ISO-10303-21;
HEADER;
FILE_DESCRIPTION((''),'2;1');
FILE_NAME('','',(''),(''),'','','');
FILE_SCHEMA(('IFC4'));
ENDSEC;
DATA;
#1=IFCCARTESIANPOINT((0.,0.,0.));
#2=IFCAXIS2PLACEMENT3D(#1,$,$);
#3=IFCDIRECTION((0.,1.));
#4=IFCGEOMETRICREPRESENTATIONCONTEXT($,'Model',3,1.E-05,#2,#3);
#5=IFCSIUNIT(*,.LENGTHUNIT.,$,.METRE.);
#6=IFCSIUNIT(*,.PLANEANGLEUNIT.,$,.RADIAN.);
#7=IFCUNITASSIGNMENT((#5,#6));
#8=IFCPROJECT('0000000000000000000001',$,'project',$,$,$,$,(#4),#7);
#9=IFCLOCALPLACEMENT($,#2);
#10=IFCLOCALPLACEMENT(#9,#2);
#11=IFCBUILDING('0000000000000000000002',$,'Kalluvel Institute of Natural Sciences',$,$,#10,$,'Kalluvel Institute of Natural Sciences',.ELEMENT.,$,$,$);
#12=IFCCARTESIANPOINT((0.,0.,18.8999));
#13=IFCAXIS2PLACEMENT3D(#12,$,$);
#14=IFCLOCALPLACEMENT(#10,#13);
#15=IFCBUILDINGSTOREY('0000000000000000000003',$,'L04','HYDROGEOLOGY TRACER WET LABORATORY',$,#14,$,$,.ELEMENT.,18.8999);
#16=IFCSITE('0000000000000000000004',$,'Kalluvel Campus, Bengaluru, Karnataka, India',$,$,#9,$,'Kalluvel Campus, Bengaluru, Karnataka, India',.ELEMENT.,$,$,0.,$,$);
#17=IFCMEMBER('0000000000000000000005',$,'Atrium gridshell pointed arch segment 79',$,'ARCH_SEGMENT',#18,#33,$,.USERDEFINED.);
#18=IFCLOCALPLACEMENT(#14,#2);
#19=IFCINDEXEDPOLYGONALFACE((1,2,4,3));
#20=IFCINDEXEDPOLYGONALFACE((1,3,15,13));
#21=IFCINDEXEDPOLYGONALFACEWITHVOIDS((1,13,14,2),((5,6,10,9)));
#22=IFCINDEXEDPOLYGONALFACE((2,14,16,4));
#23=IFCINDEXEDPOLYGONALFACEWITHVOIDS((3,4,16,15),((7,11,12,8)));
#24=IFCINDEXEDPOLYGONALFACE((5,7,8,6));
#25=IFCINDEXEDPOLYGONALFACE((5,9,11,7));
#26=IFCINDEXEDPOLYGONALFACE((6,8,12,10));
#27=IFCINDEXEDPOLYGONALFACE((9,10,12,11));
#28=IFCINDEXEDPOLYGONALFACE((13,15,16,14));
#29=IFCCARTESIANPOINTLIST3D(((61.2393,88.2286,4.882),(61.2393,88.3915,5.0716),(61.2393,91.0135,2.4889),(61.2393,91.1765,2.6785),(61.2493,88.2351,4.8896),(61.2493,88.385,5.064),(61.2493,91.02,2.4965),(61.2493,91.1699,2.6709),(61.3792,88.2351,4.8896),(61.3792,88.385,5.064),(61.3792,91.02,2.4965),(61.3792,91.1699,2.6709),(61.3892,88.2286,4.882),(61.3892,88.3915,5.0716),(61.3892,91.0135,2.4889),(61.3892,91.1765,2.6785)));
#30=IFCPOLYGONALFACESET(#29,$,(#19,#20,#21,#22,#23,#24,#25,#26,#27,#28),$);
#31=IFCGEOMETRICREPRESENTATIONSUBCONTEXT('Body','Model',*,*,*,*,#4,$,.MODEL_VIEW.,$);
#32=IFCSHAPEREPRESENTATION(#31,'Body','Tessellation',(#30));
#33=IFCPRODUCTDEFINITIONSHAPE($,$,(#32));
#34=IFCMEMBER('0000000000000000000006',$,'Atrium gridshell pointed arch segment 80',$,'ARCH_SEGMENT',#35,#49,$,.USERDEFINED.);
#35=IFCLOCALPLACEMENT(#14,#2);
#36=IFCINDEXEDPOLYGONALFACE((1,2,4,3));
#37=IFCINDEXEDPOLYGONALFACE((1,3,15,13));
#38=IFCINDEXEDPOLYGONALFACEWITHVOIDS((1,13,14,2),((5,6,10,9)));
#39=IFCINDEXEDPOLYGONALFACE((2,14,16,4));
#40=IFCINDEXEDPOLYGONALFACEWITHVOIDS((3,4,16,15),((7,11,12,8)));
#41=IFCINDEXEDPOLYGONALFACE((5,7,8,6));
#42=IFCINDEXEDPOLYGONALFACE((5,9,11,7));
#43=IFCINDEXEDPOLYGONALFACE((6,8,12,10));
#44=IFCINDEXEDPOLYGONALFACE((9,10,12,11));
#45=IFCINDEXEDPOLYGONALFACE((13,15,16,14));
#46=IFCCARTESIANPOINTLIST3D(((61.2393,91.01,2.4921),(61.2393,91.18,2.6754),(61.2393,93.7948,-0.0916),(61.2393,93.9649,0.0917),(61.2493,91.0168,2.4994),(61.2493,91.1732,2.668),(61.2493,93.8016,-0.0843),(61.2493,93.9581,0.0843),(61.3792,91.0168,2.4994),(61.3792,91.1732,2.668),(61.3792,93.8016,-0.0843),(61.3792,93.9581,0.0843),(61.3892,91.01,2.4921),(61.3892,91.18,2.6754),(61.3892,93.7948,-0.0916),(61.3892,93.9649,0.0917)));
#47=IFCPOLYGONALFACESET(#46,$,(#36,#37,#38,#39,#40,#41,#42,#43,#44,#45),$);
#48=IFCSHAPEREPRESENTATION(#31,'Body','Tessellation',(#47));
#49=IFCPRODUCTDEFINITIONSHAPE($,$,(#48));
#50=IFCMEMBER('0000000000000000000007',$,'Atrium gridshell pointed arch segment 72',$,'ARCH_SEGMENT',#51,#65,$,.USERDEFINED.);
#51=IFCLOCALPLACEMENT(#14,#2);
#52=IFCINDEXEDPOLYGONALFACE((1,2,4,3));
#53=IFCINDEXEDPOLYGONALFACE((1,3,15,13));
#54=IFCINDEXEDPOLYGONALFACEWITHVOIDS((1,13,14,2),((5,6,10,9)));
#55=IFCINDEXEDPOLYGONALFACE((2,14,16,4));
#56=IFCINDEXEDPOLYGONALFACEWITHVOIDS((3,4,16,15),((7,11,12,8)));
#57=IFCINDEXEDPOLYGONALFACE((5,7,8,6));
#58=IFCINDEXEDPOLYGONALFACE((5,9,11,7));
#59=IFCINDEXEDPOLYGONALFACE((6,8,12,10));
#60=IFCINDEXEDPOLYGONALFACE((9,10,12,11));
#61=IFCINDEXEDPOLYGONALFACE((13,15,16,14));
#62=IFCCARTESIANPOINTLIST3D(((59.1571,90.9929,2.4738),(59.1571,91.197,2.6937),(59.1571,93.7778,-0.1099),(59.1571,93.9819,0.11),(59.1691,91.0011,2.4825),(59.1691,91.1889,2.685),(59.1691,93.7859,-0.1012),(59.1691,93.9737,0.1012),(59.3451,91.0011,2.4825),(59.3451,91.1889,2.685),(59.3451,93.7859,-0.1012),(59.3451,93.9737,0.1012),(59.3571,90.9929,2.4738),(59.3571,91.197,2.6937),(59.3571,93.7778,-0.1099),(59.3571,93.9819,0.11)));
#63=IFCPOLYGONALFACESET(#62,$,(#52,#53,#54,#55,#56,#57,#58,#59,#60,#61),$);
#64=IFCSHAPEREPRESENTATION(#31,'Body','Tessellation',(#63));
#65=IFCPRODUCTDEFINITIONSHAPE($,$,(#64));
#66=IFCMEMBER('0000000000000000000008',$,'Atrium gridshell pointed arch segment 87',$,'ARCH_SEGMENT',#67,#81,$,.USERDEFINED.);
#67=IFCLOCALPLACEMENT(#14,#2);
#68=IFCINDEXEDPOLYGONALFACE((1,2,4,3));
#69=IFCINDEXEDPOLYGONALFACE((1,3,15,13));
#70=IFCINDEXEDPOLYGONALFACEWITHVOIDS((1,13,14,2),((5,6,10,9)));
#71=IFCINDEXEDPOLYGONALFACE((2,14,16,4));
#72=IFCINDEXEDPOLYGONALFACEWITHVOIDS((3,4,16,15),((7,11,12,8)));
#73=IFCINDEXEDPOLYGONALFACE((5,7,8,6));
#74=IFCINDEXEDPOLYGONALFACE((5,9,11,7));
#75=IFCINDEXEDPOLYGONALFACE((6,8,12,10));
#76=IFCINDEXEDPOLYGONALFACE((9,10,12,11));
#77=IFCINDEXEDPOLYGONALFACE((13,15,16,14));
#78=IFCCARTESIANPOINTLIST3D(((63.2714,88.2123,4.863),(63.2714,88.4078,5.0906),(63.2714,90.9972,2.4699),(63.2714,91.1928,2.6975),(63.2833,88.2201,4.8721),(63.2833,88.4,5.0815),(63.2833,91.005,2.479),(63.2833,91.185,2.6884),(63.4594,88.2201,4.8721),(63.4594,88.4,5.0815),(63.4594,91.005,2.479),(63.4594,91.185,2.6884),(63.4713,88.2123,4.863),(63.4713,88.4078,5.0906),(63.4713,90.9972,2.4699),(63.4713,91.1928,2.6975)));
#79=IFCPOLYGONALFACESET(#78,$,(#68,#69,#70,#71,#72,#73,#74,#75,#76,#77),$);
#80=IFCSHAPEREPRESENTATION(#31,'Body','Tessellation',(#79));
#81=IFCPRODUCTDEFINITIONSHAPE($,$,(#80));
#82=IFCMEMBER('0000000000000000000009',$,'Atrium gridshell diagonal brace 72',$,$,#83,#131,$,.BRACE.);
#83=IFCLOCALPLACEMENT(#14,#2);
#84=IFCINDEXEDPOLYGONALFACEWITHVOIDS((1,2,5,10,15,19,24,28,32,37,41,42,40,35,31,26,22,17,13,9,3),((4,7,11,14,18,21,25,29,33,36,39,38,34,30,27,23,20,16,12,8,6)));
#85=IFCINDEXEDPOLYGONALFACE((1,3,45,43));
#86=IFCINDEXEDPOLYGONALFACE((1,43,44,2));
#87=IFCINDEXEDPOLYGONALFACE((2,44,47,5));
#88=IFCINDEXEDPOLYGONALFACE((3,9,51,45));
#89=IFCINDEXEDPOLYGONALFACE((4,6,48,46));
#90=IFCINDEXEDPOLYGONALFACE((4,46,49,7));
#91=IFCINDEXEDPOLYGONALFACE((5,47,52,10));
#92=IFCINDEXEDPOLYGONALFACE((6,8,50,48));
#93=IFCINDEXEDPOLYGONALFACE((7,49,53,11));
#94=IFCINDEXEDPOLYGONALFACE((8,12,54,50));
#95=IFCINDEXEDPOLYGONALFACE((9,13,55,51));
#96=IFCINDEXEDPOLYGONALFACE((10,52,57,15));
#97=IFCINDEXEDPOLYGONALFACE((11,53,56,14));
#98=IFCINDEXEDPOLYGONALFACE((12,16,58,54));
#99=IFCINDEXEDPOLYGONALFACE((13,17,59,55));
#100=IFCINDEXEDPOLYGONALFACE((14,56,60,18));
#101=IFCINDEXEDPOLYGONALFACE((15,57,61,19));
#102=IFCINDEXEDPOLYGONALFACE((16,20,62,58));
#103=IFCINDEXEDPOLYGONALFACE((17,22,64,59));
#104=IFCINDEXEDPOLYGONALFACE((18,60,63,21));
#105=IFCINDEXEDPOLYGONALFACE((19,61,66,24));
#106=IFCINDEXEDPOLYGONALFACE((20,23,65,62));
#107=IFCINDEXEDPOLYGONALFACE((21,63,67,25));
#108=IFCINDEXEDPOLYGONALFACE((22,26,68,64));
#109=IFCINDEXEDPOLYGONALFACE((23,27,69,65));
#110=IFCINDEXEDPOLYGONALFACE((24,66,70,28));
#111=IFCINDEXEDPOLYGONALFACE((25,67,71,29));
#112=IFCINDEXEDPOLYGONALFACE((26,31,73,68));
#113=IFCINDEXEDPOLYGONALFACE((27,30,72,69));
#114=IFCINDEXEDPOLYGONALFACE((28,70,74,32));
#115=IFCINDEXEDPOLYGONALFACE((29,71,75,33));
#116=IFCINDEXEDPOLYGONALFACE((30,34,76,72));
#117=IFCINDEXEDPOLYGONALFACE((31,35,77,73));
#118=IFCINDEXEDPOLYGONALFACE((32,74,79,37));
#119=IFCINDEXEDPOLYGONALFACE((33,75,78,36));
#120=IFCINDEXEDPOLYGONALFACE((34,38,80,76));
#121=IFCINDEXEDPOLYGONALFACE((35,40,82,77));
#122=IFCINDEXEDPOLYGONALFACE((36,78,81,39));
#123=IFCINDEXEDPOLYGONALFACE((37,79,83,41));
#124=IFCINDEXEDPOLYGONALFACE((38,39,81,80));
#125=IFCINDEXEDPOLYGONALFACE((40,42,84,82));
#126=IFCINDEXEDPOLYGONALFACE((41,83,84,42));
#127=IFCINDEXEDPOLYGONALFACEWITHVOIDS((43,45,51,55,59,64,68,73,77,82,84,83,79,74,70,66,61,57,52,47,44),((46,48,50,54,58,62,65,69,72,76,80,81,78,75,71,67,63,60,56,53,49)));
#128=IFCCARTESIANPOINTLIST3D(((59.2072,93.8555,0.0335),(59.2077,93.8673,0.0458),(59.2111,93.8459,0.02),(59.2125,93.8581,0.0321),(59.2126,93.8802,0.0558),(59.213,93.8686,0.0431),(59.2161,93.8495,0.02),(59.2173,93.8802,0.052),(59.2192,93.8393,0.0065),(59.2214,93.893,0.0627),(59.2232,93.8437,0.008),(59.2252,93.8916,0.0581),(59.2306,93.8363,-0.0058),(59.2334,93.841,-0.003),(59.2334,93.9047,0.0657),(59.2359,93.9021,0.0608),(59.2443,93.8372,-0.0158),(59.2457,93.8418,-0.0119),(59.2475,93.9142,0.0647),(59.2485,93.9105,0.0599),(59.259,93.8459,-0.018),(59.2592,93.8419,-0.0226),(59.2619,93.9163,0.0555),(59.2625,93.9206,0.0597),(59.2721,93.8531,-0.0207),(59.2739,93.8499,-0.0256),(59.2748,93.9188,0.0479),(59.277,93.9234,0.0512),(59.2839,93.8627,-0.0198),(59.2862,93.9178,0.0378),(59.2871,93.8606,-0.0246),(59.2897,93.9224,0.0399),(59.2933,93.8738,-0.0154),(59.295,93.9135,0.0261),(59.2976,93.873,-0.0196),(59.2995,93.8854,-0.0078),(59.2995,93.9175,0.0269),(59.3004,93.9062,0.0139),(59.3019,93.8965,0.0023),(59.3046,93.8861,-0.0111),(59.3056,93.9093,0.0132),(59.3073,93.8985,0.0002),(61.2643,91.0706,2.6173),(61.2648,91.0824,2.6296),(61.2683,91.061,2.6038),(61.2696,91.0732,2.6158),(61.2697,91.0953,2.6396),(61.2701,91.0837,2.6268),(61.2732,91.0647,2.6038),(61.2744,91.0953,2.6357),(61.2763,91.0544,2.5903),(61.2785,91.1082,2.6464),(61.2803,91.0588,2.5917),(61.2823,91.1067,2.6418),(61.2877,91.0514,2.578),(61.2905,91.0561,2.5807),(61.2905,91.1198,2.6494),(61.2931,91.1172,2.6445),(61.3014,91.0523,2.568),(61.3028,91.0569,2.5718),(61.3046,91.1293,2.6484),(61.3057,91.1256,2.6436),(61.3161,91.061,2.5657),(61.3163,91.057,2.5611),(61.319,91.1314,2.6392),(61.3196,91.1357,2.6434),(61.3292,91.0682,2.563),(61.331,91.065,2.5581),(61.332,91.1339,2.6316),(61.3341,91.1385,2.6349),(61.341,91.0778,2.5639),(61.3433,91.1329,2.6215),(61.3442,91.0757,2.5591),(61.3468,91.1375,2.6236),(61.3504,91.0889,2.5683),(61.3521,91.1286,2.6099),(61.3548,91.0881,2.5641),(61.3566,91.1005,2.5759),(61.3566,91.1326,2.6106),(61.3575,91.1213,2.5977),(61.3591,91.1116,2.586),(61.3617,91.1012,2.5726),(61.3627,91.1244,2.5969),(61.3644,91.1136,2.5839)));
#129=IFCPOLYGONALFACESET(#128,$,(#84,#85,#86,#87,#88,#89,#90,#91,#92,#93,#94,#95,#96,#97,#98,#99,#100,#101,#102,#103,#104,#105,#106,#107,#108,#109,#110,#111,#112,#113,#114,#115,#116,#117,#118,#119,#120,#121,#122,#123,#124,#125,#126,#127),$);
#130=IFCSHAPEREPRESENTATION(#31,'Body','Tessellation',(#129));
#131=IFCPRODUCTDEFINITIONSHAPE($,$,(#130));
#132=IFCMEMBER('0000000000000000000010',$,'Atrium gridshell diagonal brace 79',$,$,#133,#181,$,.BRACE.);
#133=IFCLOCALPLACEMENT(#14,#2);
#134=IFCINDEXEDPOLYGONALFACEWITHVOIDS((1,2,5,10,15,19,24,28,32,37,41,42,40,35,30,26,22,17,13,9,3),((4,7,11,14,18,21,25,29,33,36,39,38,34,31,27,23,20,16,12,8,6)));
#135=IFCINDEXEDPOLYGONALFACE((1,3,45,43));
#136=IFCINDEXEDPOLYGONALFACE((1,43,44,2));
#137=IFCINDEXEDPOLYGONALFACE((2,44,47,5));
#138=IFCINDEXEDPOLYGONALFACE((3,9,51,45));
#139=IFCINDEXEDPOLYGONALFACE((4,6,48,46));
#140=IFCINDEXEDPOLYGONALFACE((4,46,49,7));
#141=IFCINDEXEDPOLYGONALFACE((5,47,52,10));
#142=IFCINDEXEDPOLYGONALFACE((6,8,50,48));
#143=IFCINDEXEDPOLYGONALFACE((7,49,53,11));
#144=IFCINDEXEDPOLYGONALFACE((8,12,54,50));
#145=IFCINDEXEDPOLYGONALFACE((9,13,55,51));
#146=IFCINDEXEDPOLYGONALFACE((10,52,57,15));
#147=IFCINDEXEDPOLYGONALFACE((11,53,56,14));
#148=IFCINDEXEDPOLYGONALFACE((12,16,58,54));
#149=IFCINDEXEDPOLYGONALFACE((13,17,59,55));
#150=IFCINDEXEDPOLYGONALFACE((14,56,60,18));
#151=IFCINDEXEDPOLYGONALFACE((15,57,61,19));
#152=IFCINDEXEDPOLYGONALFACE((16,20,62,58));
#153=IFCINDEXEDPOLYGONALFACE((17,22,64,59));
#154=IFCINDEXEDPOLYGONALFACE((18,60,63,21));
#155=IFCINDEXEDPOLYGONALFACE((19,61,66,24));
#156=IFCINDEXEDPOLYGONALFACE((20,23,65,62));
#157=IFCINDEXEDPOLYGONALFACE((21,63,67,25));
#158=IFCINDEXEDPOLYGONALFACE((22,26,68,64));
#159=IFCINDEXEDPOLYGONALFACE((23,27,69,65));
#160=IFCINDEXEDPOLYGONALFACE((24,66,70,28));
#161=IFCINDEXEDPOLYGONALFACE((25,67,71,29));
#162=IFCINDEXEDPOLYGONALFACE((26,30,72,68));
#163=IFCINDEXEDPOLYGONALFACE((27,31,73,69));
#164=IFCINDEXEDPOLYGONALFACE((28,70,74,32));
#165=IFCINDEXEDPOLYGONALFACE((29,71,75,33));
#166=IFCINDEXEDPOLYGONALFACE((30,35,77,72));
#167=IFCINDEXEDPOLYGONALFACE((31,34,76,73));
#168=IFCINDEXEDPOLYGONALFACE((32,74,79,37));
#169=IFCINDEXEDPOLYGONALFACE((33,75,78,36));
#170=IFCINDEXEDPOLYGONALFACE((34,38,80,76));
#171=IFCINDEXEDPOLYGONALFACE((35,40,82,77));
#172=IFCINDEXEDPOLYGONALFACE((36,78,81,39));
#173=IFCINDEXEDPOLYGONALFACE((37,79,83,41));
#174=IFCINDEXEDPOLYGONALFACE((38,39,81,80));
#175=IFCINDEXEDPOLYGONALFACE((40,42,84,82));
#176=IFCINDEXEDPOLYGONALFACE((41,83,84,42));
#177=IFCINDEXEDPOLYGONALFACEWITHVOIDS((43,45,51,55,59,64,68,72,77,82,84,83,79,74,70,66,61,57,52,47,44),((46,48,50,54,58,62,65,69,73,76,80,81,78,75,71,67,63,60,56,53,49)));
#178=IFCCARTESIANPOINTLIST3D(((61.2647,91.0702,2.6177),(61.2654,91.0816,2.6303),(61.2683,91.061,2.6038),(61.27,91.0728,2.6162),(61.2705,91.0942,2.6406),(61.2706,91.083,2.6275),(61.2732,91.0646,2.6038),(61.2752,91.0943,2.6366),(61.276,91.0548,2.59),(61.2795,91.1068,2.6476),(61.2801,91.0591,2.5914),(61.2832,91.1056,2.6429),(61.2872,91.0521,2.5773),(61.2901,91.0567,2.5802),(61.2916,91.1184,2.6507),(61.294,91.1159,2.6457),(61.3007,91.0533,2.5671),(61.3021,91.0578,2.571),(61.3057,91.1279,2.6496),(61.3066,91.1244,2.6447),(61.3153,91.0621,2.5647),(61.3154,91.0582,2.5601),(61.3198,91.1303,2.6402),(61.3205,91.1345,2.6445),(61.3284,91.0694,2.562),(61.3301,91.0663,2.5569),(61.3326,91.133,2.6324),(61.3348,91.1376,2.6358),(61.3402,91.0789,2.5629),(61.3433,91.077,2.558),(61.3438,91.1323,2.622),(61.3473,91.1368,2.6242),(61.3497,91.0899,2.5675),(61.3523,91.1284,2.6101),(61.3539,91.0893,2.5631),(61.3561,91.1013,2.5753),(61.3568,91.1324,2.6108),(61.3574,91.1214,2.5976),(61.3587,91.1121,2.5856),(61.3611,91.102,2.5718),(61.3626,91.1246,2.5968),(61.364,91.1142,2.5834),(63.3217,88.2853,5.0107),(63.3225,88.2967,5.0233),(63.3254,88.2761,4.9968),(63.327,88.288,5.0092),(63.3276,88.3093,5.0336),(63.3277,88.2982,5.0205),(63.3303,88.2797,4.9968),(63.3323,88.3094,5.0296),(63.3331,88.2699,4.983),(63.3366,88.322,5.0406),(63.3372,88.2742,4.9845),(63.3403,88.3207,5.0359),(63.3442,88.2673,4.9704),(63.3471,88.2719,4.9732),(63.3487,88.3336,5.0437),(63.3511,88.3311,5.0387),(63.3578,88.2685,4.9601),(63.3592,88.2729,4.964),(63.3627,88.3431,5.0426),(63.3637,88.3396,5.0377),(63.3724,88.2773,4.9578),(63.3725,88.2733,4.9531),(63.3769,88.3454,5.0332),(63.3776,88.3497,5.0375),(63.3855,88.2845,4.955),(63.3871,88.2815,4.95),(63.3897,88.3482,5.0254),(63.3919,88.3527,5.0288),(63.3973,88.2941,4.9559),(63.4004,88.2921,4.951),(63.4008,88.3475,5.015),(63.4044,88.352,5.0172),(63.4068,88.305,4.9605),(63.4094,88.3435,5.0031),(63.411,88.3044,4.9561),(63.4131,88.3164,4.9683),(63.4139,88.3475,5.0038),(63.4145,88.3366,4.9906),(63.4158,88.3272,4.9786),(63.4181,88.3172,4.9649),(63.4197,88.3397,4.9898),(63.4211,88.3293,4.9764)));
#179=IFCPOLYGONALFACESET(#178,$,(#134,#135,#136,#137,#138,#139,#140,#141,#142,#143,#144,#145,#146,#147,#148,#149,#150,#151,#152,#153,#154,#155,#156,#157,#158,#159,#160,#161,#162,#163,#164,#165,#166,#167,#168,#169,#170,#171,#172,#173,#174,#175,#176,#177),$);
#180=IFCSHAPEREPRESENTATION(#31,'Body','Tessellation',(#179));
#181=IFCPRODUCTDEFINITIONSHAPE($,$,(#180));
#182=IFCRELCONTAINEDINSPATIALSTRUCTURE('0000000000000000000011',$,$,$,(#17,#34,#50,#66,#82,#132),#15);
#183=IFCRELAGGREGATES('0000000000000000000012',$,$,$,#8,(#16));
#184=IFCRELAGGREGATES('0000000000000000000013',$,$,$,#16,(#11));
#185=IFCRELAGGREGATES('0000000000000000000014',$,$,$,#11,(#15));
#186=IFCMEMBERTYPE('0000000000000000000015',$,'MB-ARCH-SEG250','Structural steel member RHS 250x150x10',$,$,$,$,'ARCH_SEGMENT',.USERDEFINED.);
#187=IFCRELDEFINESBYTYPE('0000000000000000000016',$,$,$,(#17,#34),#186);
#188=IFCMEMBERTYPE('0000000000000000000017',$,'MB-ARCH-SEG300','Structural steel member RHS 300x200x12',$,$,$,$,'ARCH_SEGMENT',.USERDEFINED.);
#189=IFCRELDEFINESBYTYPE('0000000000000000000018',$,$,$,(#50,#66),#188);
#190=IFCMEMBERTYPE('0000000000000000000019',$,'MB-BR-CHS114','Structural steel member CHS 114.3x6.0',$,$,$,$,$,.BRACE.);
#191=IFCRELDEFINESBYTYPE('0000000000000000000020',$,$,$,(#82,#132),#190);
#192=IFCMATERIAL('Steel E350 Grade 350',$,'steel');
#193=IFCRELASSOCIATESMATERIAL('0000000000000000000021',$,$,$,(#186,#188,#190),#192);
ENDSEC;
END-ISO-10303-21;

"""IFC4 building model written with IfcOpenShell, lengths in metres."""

from ifc_helpers import new_model, si_unit, direction, frame, origin, origin_2d, place, context, subcontext, project, spatial, hollow_rectangle, hollow_circle, extrude, material, material_profile, profile_set, type_object, element, save


model = new_model("IFC4")

# Units and contexts
model_context = context("Model", 3, precision=1e-05, world=origin(), true_north=direction((0.0, 1.0)))
body_context = subcontext(model_context, "Body", "Model", "MODEL_VIEW")
ifc_project = project(units=[si_unit("LENGTHUNIT", "METRE"), si_unit("PLANEANGLEUNIT", "RADIAN")], contexts=[model_context])

# Site, building, storey
site_placement = place(None, origin())
site = spatial("IfcSite", under=ifc_project, at=site_placement, Name="Kalluvel Campus, Bengaluru, Karnataka, India", LongName="Kalluvel Campus, Bengaluru, Karnataka, India", CompositionType="ELEMENT", RefElevation=0.0)
building_placement = place(site_placement, origin())
building = spatial("IfcBuilding", under=site, at=building_placement, Name="Kalluvel Institute of Natural Sciences", LongName="Kalluvel Institute of Natural Sciences", CompositionType="ELEMENT")
storey_placement = place(building_placement, frame((0.0, 0.0, 18.8999)))
storey = spatial("IfcBuildingStorey", under=building, at=storey_placement, Name="L04", Description="HYDROGEOLOGY TRACER WET LABORATORY", CompositionType="ELEMENT", Elevation=18.8999)

# Members
ifc_material_1 = material(Name="Steel E350 Grade 350", Category="steel")
ifc_material_profile_1 = material_profile(ifc_material_1, hollow_rectangle(XDim=0.1499, YDim=0.25, WallThickness=0.01, at=origin_2d()), Name="RHS 250x150x10")
ifc_profile_set_1 = profile_set([ifc_material_profile_1], Name="Steel E350 Grade 350")
member_type_1 = type_object("IfcMemberType", Name="MB-ARCH-SEG250", Description="Structural steel member RHS 250x150x10", ElementType="ARCH_SEGMENT", PredefinedType="USERDEFINED", material=ifc_profile_set_1)
member_1_placement = place(storey_placement, frame((61.3142, 88.3101, 4.9768), z_axis=(0.0, 0.758449, -0.651733), x_axis=(-1.0, 0.0, 0.0)))
element("IfcMember", 1, at=member_1_placement, inside=storey, type_object=member_type_1, Name="Atrium gridshell pointed arch segment 79", ObjectType="ARCH_SEGMENT", PredefinedType="USERDEFINED", context=body_context, shape_type="SweptSolid", body=[
    extrude(hollow_rectangle(XDim=0.1499, YDim=0.25, WallThickness=0.01, at=origin_2d()), origin(), (0.0, 0.0, 1.0), 3.6719),
])
member_2_placement = place(storey_placement, frame((61.3142, 91.095, 2.5837), z_axis=(0.0, 0.733089, -0.680133), x_axis=(-1.0, 0.0, 0.0)))
element("IfcMember", 2, at=member_2_placement, inside=storey, type_object=member_type_1, Name="Atrium gridshell pointed arch segment 80", ObjectType="ARCH_SEGMENT", PredefinedType="USERDEFINED", context=body_context, shape_type="SweptSolid", body=[
    extrude(hollow_rectangle(XDim=0.1499, YDim=0.25, WallThickness=0.01, at=origin_2d()), origin(), (0.0, 0.0, 1.0), 3.7988),
])
ifc_material_profile_2 = material_profile(ifc_material_1, hollow_rectangle(XDim=0.2, YDim=0.3, WallThickness=0.012, at=origin_2d()), Name="RHS 300x200x12")
ifc_profile_set_2 = profile_set([ifc_material_profile_2], Name="Steel E350 Grade 350")
member_type_2 = type_object("IfcMemberType", Name="MB-ARCH-SEG300", Description="Structural steel member RHS 300x200x12", ElementType="ARCH_SEGMENT", PredefinedType="USERDEFINED", material=ifc_profile_set_2)
member_3_placement = place(storey_placement, frame((59.2571, 91.095, 2.5837), z_axis=(0.0, 0.733089, -0.680133), x_axis=(-1.0, 0.0, 0.0)))
element("IfcMember", 3, at=member_3_placement, inside=storey, type_object=member_type_2, Name="Atrium gridshell pointed arch segment 72", ObjectType="ARCH_SEGMENT", PredefinedType="USERDEFINED", context=body_context, shape_type="SweptSolid", body=[
    extrude(hollow_rectangle(XDim=0.2, YDim=0.3, WallThickness=0.012, at=origin_2d()), origin(), (0.0, 0.0, 1.0), 3.7988),
])
member_4_placement = place(storey_placement, frame((63.3713, 88.3101, 4.9768), z_axis=(0.0, 0.758449, -0.651733), x_axis=(-1.0, 0.0, 0.0)))
element("IfcMember", 4, at=member_4_placement, inside=storey, type_object=member_type_2, Name="Atrium gridshell pointed arch segment 87", ObjectType="ARCH_SEGMENT", PredefinedType="USERDEFINED", context=body_context, shape_type="SweptSolid", body=[
    extrude(hollow_rectangle(XDim=0.2, YDim=0.3, WallThickness=0.012, at=origin_2d()), origin(), (0.0, 0.0, 1.0), 3.6719),
])
ifc_material_profile_3 = material_profile(ifc_material_1, hollow_circle(Radius=0.0571, WallThickness=0.0061, at=origin_2d()), Name="CHS 114.3x6.0")
ifc_profile_set_3 = profile_set([ifc_material_profile_3], Name="Steel E350 Grade 350")
member_type_3 = type_object("IfcMemberType", Name="MB-BR-CHS114", Description="Structural steel member CHS 114.3x6.0", PredefinedType="BRACE", material=ifc_profile_set_3)
member_5_placement = place(storey_placement, frame((61.3142, 91.095, 2.6038), z_axis=(-0.476177, 0.644641, -0.598075), x_axis=(-0.804353, -0.594151, 0.0)))
element("IfcMember", 5, at=member_5_placement, inside=storey, type_object=member_type_3, Name="Atrium gridshell diagonal brace 72", PredefinedType="BRACE", context=body_context, shape_type="SweptSolid", body=[
    extrude(hollow_circle(Radius=0.0571, WallThickness=0.0061, at=origin_2d()), origin(), (0.0, 0.0, 1.0), 4.3201),
])
member_6_placement = place(storey_placement, frame((63.3713, 88.3101, 4.9968), z_axis=(-0.488765, 0.661683, -0.568582), x_axis=(-0.804353, -0.594151, 0.0)))
element("IfcMember", 6, at=member_6_placement, inside=storey, type_object=member_type_3, Name="Atrium gridshell diagonal brace 79", PredefinedType="BRACE", context=body_context, shape_type="SweptSolid", body=[
    extrude(hollow_circle(Radius=0.0571, WallThickness=0.0061, at=origin_2d()), origin(), (0.0, 0.0, 1.0), 4.2087),
])

save(model, "model.ifc")
